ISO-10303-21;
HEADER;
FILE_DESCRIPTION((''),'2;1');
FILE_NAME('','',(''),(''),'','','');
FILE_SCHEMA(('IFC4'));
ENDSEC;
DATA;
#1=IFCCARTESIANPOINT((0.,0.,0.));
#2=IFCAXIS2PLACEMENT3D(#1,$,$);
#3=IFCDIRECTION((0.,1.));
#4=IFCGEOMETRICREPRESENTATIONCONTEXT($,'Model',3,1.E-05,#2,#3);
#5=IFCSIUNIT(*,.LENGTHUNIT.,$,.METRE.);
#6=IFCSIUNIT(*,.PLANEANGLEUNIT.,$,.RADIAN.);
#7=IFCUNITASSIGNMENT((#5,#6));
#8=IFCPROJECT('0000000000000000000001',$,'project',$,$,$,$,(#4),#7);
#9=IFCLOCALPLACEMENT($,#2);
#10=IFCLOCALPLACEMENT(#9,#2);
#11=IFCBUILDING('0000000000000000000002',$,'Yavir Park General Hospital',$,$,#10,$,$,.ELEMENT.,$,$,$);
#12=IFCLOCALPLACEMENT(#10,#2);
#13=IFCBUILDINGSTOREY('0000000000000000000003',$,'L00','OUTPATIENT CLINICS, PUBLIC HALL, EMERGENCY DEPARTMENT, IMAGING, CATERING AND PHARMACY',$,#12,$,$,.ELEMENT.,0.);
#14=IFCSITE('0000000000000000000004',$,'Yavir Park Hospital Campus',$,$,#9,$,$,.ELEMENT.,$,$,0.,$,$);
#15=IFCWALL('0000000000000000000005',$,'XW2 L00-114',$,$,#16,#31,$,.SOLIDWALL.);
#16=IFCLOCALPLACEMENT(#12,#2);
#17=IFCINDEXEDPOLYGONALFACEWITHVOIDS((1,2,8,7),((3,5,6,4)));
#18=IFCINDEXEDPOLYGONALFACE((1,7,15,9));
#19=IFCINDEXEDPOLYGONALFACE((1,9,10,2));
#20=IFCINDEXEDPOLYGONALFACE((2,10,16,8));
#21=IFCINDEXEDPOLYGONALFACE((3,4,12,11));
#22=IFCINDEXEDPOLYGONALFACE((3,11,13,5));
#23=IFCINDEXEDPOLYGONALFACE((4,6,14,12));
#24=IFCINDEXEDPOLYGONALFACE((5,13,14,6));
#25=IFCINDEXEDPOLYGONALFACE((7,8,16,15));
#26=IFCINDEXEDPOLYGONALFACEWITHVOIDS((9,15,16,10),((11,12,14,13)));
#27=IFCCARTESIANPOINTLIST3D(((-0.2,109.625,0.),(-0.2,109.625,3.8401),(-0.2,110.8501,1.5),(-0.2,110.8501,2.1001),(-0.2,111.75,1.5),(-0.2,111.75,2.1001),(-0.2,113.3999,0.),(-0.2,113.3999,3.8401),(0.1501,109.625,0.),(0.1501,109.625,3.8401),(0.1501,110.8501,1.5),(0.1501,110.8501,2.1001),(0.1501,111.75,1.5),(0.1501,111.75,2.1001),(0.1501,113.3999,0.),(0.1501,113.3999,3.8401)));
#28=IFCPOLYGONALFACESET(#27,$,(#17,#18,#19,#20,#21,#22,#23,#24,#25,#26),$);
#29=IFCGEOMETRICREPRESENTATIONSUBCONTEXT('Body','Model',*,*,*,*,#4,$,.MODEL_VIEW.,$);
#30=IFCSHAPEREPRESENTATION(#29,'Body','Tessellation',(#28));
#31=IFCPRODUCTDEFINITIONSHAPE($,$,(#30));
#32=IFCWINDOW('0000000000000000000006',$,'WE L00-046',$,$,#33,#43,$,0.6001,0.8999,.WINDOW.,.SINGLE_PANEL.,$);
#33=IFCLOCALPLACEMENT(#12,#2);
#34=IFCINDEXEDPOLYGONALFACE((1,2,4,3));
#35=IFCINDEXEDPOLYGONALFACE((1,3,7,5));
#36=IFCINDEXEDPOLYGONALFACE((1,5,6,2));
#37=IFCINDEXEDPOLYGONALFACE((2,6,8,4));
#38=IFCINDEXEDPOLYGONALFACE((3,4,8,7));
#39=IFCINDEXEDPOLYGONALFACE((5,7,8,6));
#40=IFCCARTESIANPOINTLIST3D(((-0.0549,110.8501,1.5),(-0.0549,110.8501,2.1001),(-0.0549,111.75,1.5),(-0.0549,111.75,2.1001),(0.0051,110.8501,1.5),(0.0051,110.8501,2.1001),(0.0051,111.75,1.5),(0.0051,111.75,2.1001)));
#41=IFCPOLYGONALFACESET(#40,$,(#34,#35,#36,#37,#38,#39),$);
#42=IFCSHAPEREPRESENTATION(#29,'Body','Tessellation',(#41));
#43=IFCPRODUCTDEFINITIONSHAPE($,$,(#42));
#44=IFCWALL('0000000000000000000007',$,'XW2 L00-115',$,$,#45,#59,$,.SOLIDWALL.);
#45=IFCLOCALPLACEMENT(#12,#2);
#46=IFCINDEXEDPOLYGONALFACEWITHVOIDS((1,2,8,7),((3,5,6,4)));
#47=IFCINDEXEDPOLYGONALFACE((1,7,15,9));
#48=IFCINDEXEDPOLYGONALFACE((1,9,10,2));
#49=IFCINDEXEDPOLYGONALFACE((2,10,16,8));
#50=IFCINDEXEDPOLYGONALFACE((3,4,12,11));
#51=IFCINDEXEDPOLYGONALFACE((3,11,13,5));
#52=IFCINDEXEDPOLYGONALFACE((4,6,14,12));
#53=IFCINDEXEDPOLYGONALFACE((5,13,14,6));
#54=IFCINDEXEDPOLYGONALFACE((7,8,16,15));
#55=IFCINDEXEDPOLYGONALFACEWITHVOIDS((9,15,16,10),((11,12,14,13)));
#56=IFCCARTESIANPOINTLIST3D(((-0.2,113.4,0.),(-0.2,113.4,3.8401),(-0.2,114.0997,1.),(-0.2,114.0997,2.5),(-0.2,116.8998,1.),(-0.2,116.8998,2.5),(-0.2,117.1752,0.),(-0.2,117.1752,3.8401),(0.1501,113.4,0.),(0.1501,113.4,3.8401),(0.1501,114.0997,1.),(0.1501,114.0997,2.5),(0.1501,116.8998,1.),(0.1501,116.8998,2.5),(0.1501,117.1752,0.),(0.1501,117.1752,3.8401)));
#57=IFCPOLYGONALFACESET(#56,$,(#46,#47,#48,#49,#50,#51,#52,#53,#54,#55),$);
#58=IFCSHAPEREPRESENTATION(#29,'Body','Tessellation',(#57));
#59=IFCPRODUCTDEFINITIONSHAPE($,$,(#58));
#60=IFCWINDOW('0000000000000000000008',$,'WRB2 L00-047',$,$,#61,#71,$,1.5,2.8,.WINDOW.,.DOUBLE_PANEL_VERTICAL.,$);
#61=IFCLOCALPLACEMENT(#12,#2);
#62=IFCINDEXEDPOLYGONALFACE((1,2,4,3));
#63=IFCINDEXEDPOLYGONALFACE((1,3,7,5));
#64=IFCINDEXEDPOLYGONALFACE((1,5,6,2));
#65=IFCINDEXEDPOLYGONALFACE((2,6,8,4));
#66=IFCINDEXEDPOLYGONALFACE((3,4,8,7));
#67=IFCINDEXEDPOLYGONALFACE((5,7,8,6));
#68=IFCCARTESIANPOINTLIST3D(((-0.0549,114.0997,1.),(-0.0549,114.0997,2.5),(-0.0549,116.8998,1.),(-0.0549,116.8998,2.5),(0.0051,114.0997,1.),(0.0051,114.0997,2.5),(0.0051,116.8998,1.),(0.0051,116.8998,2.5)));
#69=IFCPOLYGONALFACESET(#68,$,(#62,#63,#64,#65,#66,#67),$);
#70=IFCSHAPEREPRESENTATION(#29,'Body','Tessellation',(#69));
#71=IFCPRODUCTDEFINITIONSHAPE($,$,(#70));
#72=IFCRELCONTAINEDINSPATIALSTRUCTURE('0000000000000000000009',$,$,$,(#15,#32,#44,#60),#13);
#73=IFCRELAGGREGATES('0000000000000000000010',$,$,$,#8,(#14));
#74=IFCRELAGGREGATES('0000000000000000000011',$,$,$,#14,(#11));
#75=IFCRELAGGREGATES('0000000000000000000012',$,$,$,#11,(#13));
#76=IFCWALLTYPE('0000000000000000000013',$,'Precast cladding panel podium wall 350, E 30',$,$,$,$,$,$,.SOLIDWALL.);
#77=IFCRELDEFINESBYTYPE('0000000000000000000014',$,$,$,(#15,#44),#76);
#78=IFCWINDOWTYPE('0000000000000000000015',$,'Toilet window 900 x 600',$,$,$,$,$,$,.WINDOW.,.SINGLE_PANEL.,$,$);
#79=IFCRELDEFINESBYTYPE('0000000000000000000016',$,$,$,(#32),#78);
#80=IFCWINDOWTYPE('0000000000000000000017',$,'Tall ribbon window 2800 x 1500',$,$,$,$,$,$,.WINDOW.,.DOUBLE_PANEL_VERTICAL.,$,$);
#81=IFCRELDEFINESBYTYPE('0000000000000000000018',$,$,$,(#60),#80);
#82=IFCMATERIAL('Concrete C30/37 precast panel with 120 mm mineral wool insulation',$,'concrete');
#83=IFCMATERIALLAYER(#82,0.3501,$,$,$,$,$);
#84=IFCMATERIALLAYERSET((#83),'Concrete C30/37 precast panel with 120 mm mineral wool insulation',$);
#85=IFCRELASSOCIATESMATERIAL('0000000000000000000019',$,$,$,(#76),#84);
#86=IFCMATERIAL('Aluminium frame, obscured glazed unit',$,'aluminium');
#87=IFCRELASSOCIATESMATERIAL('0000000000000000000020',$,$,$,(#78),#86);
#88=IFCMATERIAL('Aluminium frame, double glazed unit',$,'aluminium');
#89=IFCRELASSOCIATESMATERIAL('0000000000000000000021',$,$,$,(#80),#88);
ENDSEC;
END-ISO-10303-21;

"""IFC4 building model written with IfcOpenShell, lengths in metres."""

from ifc_helpers import new_model, si_unit, direction, frame, frame_2d, origin, place, context, subcontext, project, spatial, rectangle, extrude, material, layer, layer_set, type_object, element, fill, save


model = new_model("IFC4")

# Units and contexts
model_context = context("Model", 3, precision=1e-05, world=origin(), true_north=direction((0.0, 1.0)))
body_context = subcontext(model_context, "Body", "Model", "MODEL_VIEW")
ifc_project = project(units=[si_unit("LENGTHUNIT", "METRE"), si_unit("PLANEANGLEUNIT", "RADIAN")], contexts=[model_context])

# Site, building, storey
site_placement = place(None, origin())
site = spatial("IfcSite", under=ifc_project, at=site_placement, Name="Yavir Park Hospital Campus", CompositionType="ELEMENT", RefElevation=0.0)
building_placement = place(site_placement, origin())
building = spatial("IfcBuilding", under=site, at=building_placement, Name="Yavir Park General Hospital", CompositionType="ELEMENT")
storey_placement = place(building_placement, origin())
storey = spatial("IfcBuildingStorey", under=building, at=storey_placement, Name="L00", Description="OUTPATIENT CLINICS, PUBLIC HALL, EMERGENCY DEPARTMENT, IMAGING, CATERING AND PHARMACY", CompositionType="ELEMENT", Elevation=0.0)

# Walls, openings, windows
ifc_material_1 = material(Name="Concrete C30/37 precast panel with 120 mm mineral wool insulation", Category="concrete")
ifc_layer_1 = layer(ifc_material_1, 0.3501)
ifc_layer_set_1 = layer_set([ifc_layer_1], Name="Concrete C30/37 precast panel with 120 mm mineral wool insulation")
wall_type_1 = type_object("IfcWallType", Name="Precast cladding panel podium wall 350, E 30", PredefinedType="SOLIDWALL", material=ifc_layer_set_1)
wall_1_placement = place(storey_placement, frame((-0.0249, 109.625, 0.0), z_axis=(0.0, 0.0, 1.0), x_axis=(0.0, 1.0, 0.0)))
wall_1 = element("IfcWall", 1, at=wall_1_placement, inside=storey, type_object=wall_type_1, Name="XW2 L00-114", PredefinedType="SOLIDWALL", context=body_context, shape_type="SweptSolid", body=[
    extrude(rectangle(XDim=3.7749, YDim=0.3501, at=frame_2d((1.8875, 0.0))), origin(), (0.0, 0.0, 1.0), 3.8401),
])
opening_1_placement = place(wall_1_placement, frame((1.2251, 0.0, 1.5)))
opening_1 = element("IfcOpeningElement", 2, at=opening_1_placement, cuts=wall_1, PredefinedType="OPENING", context=body_context, shape_type="SweptSolid", body=[
    extrude(rectangle(XDim=0.8999, YDim=0.6001, at=frame_2d((0.45, 0.3))), frame((0.0, 0.1851, 0.0), z_axis=(0.0, -1.0, 0.0), x_axis=(1.0, 0.0, 0.0)), (0.0, 0.0, 1.0), 0.3701),
])
ifc_material_2 = material(Name="Aluminium frame, obscured glazed unit", Category="aluminium")
window_type_1 = type_object("IfcWindowType", Name="Toilet window 900 x 600", PartitioningType="SINGLE_PANEL", PredefinedType="WINDOW", material=ifc_material_2)
window_1_placement = place(opening_1_placement, origin())
window_1 = element("IfcWindow", 3, at=window_1_placement, inside=storey, type_object=window_type_1, Name="WE L00-046", OverallHeight=0.6001, OverallWidth=0.8999, PartitioningType="SINGLE_PANEL", PredefinedType="WINDOW", context=body_context, shape_type="SweptSolid", body=[
    extrude(rectangle(XDim=0.8999, YDim=0.6001, at=frame_2d((0.45, 0.3))), frame((0.0, 0.03, 0.0), z_axis=(0.0, -1.0, 0.0), x_axis=(1.0, 0.0, 0.0)), (0.0, 0.0, 1.0), 0.0601),
])
fill(opening_1, window_1)
wall_2_placement = place(storey_placement, frame((-0.0249, 113.3999, 0.0), z_axis=(0.0, 0.0, 1.0), x_axis=(0.0, 1.0, 0.0)))
wall_2 = element("IfcWall", 4, at=wall_2_placement, inside=storey, type_object=wall_type_1, Name="XW2 L00-115", PredefinedType="SOLIDWALL", context=body_context, shape_type="SweptSolid", body=[
    extrude(rectangle(XDim=3.7751, YDim=0.3501, at=frame_2d((1.8877, 0.0))), origin(), (0.0, 0.0, 1.0), 3.8401),
])
opening_2_placement = place(wall_2_placement, frame((0.7, 0.0, 1.0)))
opening_2 = element("IfcOpeningElement", 5, at=opening_2_placement, cuts=wall_2, PredefinedType="OPENING", context=body_context, shape_type="SweptSolid", body=[
    extrude(rectangle(XDim=2.8, YDim=1.5, at=frame_2d((1.3999, 0.75))), frame((0.0, 0.1851, 0.0), z_axis=(0.0, -1.0, 0.0), x_axis=(1.0, 0.0, 0.0)), (0.0, 0.0, 1.0), 0.3701),
])
ifc_material_3 = material(Name="Aluminium frame, double glazed unit", Category="aluminium")
window_type_2 = type_object("IfcWindowType", Name="Tall ribbon window 2800 x 1500", PartitioningType="DOUBLE_PANEL_VERTICAL", PredefinedType="WINDOW", material=ifc_material_3)
window_2_placement = place(opening_2_placement, origin())
window_2 = element("IfcWindow", 6, at=window_2_placement, inside=storey, type_object=window_type_2, Name="WRB2 L00-047", OverallHeight=1.5, OverallWidth=2.8, PartitioningType="DOUBLE_PANEL_VERTICAL", PredefinedType="WINDOW", context=body_context, shape_type="SweptSolid", body=[
    extrude(rectangle(XDim=2.8, YDim=1.5, at=frame_2d((1.3999, 0.75))), frame((0.0, 0.03, 0.0), z_axis=(0.0, -1.0, 0.0), x_axis=(1.0, 0.0, 0.0)), (0.0, 0.0, 1.0), 0.0601),
])
fill(opening_2, window_2)

save(model, "model.ifc")
